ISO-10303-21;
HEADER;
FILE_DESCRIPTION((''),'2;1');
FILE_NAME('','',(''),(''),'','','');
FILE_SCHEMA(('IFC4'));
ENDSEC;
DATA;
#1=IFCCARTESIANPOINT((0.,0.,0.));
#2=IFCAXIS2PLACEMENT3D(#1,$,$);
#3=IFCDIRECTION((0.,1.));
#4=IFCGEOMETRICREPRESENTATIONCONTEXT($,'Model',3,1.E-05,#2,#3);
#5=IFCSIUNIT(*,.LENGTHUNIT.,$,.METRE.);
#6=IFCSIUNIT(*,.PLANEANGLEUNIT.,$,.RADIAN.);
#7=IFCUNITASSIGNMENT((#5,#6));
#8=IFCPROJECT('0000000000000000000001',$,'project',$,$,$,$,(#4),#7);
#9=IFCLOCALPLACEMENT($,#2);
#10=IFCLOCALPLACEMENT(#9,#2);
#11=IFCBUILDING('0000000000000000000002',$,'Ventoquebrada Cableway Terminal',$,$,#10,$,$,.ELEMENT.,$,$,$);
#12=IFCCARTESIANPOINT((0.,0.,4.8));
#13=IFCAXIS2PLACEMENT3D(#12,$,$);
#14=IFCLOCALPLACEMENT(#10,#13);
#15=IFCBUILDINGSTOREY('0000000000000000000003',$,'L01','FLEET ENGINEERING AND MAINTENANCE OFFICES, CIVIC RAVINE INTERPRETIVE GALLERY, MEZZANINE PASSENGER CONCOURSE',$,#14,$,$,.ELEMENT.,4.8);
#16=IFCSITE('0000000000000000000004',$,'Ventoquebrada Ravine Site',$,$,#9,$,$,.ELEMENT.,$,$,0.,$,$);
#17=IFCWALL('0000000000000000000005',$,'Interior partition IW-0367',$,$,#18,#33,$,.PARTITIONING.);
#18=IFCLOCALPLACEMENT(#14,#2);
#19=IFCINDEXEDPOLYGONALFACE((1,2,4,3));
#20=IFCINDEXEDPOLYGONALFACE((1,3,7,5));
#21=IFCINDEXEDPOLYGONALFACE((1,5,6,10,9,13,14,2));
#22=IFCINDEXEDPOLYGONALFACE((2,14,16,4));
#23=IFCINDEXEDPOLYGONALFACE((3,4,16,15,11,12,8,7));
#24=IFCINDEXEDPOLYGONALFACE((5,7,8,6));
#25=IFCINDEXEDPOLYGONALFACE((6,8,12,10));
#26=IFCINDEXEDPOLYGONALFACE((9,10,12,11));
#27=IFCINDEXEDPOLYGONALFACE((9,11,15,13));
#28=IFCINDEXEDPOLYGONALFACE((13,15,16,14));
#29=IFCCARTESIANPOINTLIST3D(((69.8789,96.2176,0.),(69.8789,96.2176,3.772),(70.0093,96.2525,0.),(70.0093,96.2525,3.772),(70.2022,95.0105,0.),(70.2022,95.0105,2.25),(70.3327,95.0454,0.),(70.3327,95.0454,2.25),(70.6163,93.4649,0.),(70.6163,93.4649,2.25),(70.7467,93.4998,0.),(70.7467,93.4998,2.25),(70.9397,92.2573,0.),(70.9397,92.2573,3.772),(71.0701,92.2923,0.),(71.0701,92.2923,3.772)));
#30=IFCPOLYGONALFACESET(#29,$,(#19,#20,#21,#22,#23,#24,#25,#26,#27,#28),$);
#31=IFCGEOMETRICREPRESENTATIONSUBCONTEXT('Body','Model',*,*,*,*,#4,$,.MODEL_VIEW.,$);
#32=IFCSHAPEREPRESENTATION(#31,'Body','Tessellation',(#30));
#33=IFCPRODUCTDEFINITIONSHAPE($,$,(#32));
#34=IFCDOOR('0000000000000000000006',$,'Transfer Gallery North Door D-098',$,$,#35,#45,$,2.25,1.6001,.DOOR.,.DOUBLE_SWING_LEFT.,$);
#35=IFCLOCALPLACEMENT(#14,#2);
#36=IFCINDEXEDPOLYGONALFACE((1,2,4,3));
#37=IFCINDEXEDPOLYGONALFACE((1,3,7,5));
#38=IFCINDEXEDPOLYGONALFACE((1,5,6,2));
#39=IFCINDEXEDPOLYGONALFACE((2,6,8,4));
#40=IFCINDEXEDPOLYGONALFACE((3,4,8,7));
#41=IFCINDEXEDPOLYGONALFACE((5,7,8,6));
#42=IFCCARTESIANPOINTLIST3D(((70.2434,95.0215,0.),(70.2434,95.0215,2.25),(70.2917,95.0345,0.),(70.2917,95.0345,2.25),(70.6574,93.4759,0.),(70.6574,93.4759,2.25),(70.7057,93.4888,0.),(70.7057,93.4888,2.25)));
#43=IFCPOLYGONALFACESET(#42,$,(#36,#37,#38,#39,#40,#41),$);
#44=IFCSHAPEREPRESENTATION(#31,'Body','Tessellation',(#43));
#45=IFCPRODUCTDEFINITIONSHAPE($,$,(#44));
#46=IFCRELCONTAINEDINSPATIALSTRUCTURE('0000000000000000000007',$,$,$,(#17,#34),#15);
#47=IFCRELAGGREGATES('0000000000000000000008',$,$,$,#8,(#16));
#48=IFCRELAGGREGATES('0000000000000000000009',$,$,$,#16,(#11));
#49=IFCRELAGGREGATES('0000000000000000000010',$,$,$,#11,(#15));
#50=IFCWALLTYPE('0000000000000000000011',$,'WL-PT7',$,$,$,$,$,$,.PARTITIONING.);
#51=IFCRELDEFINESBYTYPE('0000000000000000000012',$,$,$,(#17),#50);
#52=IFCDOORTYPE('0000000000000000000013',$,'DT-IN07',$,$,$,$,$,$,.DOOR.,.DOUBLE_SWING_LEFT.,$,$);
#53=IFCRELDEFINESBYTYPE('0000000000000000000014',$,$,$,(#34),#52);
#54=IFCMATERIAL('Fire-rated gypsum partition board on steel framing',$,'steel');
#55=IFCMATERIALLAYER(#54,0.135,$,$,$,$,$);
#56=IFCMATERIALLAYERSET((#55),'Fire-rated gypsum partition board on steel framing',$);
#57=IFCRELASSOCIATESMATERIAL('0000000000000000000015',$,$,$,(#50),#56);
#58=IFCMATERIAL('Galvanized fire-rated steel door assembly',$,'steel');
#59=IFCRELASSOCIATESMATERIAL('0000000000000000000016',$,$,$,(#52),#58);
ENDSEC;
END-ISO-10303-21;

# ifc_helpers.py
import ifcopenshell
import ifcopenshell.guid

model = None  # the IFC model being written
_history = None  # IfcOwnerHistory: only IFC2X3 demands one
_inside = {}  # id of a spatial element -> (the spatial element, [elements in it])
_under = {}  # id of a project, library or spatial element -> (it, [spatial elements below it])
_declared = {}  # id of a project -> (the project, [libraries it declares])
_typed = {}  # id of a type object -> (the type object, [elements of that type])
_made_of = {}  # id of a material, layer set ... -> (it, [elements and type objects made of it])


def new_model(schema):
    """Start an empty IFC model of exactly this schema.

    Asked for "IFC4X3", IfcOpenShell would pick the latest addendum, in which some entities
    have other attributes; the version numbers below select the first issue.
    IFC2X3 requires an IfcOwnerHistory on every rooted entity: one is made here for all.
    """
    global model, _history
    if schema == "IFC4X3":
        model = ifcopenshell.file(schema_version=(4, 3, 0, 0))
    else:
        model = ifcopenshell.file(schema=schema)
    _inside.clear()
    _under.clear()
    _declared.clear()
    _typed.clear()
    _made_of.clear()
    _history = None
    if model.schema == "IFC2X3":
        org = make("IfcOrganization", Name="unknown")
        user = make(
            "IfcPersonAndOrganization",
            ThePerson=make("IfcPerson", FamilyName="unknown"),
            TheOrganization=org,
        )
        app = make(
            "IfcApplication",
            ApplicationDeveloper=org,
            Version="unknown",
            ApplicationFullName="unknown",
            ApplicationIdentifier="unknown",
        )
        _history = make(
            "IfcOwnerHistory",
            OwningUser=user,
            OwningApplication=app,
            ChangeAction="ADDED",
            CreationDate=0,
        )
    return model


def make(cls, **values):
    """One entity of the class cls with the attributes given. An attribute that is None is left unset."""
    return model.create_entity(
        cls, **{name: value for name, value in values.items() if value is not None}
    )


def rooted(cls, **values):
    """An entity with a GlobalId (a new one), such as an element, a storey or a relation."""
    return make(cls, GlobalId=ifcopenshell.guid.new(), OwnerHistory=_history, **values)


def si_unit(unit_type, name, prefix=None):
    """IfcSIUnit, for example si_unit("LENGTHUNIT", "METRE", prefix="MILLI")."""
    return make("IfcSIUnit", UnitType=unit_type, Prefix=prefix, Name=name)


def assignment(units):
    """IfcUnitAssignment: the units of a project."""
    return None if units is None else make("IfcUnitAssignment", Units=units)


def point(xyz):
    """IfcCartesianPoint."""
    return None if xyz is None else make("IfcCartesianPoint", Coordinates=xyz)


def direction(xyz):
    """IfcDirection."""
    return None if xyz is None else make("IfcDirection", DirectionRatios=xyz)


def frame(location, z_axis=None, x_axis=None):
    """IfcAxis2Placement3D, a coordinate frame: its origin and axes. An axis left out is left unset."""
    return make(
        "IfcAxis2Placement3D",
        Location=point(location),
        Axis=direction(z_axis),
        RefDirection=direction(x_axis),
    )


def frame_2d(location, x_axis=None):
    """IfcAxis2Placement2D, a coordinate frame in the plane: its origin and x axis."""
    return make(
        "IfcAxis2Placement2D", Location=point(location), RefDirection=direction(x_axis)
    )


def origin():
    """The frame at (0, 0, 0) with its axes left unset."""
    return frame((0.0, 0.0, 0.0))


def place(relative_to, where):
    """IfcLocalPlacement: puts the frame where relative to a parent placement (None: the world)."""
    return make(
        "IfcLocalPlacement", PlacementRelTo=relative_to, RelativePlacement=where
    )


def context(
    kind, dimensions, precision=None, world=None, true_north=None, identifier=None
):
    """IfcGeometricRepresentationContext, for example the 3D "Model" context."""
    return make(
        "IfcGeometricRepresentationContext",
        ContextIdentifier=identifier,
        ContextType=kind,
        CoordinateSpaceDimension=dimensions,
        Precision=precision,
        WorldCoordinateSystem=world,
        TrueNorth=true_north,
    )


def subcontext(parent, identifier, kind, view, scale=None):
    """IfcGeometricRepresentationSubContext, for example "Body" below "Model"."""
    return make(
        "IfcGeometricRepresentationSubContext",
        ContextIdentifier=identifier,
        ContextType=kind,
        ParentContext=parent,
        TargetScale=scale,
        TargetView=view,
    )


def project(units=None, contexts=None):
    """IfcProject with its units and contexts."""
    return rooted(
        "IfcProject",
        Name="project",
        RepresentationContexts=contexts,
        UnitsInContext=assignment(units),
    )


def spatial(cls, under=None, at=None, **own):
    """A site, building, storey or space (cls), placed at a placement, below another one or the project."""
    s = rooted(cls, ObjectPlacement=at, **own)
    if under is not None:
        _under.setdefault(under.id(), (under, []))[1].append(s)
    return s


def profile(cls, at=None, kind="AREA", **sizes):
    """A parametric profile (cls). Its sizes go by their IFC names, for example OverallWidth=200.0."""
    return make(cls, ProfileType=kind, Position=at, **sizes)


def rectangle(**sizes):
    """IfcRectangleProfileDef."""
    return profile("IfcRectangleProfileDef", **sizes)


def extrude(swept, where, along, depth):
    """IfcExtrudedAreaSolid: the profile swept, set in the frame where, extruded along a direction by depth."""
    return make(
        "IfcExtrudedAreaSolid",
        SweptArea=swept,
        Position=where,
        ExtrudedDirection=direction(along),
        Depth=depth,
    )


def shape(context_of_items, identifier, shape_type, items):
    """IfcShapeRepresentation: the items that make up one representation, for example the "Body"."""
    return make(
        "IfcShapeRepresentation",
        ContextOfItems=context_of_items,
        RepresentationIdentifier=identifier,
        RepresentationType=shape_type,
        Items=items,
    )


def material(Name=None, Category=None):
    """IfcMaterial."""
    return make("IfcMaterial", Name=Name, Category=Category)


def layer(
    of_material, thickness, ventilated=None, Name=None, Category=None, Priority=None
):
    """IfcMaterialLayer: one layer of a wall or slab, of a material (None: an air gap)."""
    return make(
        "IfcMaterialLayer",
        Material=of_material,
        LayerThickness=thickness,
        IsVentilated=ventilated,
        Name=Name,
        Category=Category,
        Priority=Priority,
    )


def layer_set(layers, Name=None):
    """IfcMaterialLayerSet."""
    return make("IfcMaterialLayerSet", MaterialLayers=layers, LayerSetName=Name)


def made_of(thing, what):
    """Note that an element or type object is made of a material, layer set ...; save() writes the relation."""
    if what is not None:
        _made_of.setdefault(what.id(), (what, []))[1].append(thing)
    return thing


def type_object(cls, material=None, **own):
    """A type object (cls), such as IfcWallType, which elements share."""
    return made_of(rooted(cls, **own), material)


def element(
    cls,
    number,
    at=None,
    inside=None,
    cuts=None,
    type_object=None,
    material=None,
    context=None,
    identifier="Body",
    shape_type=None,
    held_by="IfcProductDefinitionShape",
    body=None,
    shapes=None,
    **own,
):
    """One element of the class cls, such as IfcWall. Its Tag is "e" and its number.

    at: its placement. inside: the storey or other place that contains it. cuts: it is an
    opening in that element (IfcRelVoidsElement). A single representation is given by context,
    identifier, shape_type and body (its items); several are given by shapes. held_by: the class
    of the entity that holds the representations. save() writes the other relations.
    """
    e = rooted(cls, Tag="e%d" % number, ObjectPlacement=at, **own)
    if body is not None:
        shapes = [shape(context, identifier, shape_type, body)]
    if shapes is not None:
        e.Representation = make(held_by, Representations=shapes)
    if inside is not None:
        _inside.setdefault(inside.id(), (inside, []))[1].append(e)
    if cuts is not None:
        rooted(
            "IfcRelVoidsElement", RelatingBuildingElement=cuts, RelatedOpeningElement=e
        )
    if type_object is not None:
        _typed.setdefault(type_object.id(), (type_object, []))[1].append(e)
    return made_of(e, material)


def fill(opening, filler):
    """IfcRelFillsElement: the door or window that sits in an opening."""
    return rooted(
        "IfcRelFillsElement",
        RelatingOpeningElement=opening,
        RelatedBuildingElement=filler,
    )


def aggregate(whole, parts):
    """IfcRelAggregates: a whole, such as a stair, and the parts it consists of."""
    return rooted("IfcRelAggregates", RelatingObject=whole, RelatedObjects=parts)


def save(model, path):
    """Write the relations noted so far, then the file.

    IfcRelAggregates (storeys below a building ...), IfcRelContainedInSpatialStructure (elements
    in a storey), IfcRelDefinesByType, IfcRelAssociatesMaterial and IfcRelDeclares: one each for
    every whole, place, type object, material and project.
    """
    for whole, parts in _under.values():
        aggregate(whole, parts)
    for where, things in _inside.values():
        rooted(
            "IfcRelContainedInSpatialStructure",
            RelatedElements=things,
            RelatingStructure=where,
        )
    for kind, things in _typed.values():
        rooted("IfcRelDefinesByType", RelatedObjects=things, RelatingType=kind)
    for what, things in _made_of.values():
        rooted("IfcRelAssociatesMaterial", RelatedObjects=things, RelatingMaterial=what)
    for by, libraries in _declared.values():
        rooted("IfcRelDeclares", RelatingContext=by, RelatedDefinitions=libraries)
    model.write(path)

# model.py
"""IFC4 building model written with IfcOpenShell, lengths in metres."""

from ifc_helpers import new_model, si_unit, direction, frame, frame_2d, origin, place, context, subcontext, project, spatial, rectangle, extrude, material, layer, layer_set, type_object, element, fill, save


model = new_model("IFC4")

# Units and contexts
model_context = context("Model", 3, precision=1e-05, world=origin(), true_north=direction((0.0, 1.0)))
body_context = subcontext(model_context, "Body", "Model", "MODEL_VIEW")
ifc_project = project(units=[si_unit("LENGTHUNIT", "METRE"), si_unit("PLANEANGLEUNIT", "RADIAN")], contexts=[model_context])

# Site, building, storey
site_placement = place(None, origin())
site = spatial("IfcSite", under=ifc_project, at=site_placement, Name="Ventoquebrada Ravine Site", CompositionType="ELEMENT", RefElevation=0.0)
building_placement = place(site_placement, origin())
building = spatial("IfcBuilding", under=site, at=building_placement, Name="Ventoquebrada Cableway Terminal", CompositionType="ELEMENT")
storey_placement = place(building_placement, frame((0.0, 0.0, 4.8)))
storey = spatial("IfcBuildingStorey", under=building, at=storey_placement, Name="L01", Description="FLEET ENGINEERING AND MAINTENANCE OFFICES, CIVIC RAVINE INTERPRETIVE GALLERY, MEZZANINE PASSENGER CONCOURSE", CompositionType="ELEMENT", Elevation=4.8)

# Wall, opening, door
ifc_material_1 = material(Name="Fire-rated gypsum partition board on steel framing", Category="steel")
ifc_layer = layer(ifc_material_1, 0.135)
ifc_layer_set = layer_set([ifc_layer], Name="Fire-rated gypsum partition board on steel framing")
wall_type = type_object("IfcWallType", Name="WL-PT7", PredefinedType="PARTITIONING", material=ifc_layer_set)
wall_placement = place(storey_placement, frame((71.0049, 92.2749, 0.0), z_axis=(0.0, 0.0, 1.0), x_axis=(-0.258741, 0.965947, 0.0)))
wall = element("IfcWall", 1, at=wall_placement, inside=storey, type_object=wall_type, Name="Interior partition IW-0367", PredefinedType="PARTITIONING", context=body_context, shape_type="SweptSolid", body=[
    extrude(rectangle(XDim=4.0999, YDim=0.135, at=frame_2d((2.0498, 0.0))), origin(), (0.0, 0.0, 1.0), 3.772),
])
opening_placement = place(wall_placement, frame((1.25, 0.0, 0.0)))
opening = element("IfcOpeningElement", 2, at=opening_placement, cuts=wall, PredefinedType="OPENING", context=body_context, shape_type="SweptSolid", body=[
    extrude(rectangle(XDim=1.6001, YDim=2.25, at=frame_2d((0.8, 1.125))), frame((0.0, 0.0774, 0.0), z_axis=(0.0, -1.0, 0.0), x_axis=(1.0, 0.0, 0.0)), (0.0, 0.0, 1.0), 0.155),
])
ifc_material_2 = material(Name="Galvanized fire-rated steel door assembly", Category="steel")
door_type = type_object("IfcDoorType", Name="DT-IN07", OperationType="DOUBLE_SWING_LEFT", PredefinedType="DOOR", material=ifc_material_2)
door_placement = place(opening_placement, origin())
door = element("IfcDoor", 3, at=door_placement, inside=storey, type_object=door_type, Name="Transfer Gallery North Door D-098", OperationType="DOUBLE_SWING_LEFT", OverallHeight=2.25, OverallWidth=1.6001, PredefinedType="DOOR", context=body_context, shape_type="SweptSolid", body=[
    extrude(rectangle(XDim=1.6001, YDim=2.25, at=frame_2d((0.8, 1.125))), frame((0.0, 0.0249, 0.0), z_axis=(0.0, -1.0, 0.0), x_axis=(1.0, 0.0, 0.0)), (0.0, 0.0, 1.0), 0.05),
])
fill(opening, door)

save(model, "model.ifc")
